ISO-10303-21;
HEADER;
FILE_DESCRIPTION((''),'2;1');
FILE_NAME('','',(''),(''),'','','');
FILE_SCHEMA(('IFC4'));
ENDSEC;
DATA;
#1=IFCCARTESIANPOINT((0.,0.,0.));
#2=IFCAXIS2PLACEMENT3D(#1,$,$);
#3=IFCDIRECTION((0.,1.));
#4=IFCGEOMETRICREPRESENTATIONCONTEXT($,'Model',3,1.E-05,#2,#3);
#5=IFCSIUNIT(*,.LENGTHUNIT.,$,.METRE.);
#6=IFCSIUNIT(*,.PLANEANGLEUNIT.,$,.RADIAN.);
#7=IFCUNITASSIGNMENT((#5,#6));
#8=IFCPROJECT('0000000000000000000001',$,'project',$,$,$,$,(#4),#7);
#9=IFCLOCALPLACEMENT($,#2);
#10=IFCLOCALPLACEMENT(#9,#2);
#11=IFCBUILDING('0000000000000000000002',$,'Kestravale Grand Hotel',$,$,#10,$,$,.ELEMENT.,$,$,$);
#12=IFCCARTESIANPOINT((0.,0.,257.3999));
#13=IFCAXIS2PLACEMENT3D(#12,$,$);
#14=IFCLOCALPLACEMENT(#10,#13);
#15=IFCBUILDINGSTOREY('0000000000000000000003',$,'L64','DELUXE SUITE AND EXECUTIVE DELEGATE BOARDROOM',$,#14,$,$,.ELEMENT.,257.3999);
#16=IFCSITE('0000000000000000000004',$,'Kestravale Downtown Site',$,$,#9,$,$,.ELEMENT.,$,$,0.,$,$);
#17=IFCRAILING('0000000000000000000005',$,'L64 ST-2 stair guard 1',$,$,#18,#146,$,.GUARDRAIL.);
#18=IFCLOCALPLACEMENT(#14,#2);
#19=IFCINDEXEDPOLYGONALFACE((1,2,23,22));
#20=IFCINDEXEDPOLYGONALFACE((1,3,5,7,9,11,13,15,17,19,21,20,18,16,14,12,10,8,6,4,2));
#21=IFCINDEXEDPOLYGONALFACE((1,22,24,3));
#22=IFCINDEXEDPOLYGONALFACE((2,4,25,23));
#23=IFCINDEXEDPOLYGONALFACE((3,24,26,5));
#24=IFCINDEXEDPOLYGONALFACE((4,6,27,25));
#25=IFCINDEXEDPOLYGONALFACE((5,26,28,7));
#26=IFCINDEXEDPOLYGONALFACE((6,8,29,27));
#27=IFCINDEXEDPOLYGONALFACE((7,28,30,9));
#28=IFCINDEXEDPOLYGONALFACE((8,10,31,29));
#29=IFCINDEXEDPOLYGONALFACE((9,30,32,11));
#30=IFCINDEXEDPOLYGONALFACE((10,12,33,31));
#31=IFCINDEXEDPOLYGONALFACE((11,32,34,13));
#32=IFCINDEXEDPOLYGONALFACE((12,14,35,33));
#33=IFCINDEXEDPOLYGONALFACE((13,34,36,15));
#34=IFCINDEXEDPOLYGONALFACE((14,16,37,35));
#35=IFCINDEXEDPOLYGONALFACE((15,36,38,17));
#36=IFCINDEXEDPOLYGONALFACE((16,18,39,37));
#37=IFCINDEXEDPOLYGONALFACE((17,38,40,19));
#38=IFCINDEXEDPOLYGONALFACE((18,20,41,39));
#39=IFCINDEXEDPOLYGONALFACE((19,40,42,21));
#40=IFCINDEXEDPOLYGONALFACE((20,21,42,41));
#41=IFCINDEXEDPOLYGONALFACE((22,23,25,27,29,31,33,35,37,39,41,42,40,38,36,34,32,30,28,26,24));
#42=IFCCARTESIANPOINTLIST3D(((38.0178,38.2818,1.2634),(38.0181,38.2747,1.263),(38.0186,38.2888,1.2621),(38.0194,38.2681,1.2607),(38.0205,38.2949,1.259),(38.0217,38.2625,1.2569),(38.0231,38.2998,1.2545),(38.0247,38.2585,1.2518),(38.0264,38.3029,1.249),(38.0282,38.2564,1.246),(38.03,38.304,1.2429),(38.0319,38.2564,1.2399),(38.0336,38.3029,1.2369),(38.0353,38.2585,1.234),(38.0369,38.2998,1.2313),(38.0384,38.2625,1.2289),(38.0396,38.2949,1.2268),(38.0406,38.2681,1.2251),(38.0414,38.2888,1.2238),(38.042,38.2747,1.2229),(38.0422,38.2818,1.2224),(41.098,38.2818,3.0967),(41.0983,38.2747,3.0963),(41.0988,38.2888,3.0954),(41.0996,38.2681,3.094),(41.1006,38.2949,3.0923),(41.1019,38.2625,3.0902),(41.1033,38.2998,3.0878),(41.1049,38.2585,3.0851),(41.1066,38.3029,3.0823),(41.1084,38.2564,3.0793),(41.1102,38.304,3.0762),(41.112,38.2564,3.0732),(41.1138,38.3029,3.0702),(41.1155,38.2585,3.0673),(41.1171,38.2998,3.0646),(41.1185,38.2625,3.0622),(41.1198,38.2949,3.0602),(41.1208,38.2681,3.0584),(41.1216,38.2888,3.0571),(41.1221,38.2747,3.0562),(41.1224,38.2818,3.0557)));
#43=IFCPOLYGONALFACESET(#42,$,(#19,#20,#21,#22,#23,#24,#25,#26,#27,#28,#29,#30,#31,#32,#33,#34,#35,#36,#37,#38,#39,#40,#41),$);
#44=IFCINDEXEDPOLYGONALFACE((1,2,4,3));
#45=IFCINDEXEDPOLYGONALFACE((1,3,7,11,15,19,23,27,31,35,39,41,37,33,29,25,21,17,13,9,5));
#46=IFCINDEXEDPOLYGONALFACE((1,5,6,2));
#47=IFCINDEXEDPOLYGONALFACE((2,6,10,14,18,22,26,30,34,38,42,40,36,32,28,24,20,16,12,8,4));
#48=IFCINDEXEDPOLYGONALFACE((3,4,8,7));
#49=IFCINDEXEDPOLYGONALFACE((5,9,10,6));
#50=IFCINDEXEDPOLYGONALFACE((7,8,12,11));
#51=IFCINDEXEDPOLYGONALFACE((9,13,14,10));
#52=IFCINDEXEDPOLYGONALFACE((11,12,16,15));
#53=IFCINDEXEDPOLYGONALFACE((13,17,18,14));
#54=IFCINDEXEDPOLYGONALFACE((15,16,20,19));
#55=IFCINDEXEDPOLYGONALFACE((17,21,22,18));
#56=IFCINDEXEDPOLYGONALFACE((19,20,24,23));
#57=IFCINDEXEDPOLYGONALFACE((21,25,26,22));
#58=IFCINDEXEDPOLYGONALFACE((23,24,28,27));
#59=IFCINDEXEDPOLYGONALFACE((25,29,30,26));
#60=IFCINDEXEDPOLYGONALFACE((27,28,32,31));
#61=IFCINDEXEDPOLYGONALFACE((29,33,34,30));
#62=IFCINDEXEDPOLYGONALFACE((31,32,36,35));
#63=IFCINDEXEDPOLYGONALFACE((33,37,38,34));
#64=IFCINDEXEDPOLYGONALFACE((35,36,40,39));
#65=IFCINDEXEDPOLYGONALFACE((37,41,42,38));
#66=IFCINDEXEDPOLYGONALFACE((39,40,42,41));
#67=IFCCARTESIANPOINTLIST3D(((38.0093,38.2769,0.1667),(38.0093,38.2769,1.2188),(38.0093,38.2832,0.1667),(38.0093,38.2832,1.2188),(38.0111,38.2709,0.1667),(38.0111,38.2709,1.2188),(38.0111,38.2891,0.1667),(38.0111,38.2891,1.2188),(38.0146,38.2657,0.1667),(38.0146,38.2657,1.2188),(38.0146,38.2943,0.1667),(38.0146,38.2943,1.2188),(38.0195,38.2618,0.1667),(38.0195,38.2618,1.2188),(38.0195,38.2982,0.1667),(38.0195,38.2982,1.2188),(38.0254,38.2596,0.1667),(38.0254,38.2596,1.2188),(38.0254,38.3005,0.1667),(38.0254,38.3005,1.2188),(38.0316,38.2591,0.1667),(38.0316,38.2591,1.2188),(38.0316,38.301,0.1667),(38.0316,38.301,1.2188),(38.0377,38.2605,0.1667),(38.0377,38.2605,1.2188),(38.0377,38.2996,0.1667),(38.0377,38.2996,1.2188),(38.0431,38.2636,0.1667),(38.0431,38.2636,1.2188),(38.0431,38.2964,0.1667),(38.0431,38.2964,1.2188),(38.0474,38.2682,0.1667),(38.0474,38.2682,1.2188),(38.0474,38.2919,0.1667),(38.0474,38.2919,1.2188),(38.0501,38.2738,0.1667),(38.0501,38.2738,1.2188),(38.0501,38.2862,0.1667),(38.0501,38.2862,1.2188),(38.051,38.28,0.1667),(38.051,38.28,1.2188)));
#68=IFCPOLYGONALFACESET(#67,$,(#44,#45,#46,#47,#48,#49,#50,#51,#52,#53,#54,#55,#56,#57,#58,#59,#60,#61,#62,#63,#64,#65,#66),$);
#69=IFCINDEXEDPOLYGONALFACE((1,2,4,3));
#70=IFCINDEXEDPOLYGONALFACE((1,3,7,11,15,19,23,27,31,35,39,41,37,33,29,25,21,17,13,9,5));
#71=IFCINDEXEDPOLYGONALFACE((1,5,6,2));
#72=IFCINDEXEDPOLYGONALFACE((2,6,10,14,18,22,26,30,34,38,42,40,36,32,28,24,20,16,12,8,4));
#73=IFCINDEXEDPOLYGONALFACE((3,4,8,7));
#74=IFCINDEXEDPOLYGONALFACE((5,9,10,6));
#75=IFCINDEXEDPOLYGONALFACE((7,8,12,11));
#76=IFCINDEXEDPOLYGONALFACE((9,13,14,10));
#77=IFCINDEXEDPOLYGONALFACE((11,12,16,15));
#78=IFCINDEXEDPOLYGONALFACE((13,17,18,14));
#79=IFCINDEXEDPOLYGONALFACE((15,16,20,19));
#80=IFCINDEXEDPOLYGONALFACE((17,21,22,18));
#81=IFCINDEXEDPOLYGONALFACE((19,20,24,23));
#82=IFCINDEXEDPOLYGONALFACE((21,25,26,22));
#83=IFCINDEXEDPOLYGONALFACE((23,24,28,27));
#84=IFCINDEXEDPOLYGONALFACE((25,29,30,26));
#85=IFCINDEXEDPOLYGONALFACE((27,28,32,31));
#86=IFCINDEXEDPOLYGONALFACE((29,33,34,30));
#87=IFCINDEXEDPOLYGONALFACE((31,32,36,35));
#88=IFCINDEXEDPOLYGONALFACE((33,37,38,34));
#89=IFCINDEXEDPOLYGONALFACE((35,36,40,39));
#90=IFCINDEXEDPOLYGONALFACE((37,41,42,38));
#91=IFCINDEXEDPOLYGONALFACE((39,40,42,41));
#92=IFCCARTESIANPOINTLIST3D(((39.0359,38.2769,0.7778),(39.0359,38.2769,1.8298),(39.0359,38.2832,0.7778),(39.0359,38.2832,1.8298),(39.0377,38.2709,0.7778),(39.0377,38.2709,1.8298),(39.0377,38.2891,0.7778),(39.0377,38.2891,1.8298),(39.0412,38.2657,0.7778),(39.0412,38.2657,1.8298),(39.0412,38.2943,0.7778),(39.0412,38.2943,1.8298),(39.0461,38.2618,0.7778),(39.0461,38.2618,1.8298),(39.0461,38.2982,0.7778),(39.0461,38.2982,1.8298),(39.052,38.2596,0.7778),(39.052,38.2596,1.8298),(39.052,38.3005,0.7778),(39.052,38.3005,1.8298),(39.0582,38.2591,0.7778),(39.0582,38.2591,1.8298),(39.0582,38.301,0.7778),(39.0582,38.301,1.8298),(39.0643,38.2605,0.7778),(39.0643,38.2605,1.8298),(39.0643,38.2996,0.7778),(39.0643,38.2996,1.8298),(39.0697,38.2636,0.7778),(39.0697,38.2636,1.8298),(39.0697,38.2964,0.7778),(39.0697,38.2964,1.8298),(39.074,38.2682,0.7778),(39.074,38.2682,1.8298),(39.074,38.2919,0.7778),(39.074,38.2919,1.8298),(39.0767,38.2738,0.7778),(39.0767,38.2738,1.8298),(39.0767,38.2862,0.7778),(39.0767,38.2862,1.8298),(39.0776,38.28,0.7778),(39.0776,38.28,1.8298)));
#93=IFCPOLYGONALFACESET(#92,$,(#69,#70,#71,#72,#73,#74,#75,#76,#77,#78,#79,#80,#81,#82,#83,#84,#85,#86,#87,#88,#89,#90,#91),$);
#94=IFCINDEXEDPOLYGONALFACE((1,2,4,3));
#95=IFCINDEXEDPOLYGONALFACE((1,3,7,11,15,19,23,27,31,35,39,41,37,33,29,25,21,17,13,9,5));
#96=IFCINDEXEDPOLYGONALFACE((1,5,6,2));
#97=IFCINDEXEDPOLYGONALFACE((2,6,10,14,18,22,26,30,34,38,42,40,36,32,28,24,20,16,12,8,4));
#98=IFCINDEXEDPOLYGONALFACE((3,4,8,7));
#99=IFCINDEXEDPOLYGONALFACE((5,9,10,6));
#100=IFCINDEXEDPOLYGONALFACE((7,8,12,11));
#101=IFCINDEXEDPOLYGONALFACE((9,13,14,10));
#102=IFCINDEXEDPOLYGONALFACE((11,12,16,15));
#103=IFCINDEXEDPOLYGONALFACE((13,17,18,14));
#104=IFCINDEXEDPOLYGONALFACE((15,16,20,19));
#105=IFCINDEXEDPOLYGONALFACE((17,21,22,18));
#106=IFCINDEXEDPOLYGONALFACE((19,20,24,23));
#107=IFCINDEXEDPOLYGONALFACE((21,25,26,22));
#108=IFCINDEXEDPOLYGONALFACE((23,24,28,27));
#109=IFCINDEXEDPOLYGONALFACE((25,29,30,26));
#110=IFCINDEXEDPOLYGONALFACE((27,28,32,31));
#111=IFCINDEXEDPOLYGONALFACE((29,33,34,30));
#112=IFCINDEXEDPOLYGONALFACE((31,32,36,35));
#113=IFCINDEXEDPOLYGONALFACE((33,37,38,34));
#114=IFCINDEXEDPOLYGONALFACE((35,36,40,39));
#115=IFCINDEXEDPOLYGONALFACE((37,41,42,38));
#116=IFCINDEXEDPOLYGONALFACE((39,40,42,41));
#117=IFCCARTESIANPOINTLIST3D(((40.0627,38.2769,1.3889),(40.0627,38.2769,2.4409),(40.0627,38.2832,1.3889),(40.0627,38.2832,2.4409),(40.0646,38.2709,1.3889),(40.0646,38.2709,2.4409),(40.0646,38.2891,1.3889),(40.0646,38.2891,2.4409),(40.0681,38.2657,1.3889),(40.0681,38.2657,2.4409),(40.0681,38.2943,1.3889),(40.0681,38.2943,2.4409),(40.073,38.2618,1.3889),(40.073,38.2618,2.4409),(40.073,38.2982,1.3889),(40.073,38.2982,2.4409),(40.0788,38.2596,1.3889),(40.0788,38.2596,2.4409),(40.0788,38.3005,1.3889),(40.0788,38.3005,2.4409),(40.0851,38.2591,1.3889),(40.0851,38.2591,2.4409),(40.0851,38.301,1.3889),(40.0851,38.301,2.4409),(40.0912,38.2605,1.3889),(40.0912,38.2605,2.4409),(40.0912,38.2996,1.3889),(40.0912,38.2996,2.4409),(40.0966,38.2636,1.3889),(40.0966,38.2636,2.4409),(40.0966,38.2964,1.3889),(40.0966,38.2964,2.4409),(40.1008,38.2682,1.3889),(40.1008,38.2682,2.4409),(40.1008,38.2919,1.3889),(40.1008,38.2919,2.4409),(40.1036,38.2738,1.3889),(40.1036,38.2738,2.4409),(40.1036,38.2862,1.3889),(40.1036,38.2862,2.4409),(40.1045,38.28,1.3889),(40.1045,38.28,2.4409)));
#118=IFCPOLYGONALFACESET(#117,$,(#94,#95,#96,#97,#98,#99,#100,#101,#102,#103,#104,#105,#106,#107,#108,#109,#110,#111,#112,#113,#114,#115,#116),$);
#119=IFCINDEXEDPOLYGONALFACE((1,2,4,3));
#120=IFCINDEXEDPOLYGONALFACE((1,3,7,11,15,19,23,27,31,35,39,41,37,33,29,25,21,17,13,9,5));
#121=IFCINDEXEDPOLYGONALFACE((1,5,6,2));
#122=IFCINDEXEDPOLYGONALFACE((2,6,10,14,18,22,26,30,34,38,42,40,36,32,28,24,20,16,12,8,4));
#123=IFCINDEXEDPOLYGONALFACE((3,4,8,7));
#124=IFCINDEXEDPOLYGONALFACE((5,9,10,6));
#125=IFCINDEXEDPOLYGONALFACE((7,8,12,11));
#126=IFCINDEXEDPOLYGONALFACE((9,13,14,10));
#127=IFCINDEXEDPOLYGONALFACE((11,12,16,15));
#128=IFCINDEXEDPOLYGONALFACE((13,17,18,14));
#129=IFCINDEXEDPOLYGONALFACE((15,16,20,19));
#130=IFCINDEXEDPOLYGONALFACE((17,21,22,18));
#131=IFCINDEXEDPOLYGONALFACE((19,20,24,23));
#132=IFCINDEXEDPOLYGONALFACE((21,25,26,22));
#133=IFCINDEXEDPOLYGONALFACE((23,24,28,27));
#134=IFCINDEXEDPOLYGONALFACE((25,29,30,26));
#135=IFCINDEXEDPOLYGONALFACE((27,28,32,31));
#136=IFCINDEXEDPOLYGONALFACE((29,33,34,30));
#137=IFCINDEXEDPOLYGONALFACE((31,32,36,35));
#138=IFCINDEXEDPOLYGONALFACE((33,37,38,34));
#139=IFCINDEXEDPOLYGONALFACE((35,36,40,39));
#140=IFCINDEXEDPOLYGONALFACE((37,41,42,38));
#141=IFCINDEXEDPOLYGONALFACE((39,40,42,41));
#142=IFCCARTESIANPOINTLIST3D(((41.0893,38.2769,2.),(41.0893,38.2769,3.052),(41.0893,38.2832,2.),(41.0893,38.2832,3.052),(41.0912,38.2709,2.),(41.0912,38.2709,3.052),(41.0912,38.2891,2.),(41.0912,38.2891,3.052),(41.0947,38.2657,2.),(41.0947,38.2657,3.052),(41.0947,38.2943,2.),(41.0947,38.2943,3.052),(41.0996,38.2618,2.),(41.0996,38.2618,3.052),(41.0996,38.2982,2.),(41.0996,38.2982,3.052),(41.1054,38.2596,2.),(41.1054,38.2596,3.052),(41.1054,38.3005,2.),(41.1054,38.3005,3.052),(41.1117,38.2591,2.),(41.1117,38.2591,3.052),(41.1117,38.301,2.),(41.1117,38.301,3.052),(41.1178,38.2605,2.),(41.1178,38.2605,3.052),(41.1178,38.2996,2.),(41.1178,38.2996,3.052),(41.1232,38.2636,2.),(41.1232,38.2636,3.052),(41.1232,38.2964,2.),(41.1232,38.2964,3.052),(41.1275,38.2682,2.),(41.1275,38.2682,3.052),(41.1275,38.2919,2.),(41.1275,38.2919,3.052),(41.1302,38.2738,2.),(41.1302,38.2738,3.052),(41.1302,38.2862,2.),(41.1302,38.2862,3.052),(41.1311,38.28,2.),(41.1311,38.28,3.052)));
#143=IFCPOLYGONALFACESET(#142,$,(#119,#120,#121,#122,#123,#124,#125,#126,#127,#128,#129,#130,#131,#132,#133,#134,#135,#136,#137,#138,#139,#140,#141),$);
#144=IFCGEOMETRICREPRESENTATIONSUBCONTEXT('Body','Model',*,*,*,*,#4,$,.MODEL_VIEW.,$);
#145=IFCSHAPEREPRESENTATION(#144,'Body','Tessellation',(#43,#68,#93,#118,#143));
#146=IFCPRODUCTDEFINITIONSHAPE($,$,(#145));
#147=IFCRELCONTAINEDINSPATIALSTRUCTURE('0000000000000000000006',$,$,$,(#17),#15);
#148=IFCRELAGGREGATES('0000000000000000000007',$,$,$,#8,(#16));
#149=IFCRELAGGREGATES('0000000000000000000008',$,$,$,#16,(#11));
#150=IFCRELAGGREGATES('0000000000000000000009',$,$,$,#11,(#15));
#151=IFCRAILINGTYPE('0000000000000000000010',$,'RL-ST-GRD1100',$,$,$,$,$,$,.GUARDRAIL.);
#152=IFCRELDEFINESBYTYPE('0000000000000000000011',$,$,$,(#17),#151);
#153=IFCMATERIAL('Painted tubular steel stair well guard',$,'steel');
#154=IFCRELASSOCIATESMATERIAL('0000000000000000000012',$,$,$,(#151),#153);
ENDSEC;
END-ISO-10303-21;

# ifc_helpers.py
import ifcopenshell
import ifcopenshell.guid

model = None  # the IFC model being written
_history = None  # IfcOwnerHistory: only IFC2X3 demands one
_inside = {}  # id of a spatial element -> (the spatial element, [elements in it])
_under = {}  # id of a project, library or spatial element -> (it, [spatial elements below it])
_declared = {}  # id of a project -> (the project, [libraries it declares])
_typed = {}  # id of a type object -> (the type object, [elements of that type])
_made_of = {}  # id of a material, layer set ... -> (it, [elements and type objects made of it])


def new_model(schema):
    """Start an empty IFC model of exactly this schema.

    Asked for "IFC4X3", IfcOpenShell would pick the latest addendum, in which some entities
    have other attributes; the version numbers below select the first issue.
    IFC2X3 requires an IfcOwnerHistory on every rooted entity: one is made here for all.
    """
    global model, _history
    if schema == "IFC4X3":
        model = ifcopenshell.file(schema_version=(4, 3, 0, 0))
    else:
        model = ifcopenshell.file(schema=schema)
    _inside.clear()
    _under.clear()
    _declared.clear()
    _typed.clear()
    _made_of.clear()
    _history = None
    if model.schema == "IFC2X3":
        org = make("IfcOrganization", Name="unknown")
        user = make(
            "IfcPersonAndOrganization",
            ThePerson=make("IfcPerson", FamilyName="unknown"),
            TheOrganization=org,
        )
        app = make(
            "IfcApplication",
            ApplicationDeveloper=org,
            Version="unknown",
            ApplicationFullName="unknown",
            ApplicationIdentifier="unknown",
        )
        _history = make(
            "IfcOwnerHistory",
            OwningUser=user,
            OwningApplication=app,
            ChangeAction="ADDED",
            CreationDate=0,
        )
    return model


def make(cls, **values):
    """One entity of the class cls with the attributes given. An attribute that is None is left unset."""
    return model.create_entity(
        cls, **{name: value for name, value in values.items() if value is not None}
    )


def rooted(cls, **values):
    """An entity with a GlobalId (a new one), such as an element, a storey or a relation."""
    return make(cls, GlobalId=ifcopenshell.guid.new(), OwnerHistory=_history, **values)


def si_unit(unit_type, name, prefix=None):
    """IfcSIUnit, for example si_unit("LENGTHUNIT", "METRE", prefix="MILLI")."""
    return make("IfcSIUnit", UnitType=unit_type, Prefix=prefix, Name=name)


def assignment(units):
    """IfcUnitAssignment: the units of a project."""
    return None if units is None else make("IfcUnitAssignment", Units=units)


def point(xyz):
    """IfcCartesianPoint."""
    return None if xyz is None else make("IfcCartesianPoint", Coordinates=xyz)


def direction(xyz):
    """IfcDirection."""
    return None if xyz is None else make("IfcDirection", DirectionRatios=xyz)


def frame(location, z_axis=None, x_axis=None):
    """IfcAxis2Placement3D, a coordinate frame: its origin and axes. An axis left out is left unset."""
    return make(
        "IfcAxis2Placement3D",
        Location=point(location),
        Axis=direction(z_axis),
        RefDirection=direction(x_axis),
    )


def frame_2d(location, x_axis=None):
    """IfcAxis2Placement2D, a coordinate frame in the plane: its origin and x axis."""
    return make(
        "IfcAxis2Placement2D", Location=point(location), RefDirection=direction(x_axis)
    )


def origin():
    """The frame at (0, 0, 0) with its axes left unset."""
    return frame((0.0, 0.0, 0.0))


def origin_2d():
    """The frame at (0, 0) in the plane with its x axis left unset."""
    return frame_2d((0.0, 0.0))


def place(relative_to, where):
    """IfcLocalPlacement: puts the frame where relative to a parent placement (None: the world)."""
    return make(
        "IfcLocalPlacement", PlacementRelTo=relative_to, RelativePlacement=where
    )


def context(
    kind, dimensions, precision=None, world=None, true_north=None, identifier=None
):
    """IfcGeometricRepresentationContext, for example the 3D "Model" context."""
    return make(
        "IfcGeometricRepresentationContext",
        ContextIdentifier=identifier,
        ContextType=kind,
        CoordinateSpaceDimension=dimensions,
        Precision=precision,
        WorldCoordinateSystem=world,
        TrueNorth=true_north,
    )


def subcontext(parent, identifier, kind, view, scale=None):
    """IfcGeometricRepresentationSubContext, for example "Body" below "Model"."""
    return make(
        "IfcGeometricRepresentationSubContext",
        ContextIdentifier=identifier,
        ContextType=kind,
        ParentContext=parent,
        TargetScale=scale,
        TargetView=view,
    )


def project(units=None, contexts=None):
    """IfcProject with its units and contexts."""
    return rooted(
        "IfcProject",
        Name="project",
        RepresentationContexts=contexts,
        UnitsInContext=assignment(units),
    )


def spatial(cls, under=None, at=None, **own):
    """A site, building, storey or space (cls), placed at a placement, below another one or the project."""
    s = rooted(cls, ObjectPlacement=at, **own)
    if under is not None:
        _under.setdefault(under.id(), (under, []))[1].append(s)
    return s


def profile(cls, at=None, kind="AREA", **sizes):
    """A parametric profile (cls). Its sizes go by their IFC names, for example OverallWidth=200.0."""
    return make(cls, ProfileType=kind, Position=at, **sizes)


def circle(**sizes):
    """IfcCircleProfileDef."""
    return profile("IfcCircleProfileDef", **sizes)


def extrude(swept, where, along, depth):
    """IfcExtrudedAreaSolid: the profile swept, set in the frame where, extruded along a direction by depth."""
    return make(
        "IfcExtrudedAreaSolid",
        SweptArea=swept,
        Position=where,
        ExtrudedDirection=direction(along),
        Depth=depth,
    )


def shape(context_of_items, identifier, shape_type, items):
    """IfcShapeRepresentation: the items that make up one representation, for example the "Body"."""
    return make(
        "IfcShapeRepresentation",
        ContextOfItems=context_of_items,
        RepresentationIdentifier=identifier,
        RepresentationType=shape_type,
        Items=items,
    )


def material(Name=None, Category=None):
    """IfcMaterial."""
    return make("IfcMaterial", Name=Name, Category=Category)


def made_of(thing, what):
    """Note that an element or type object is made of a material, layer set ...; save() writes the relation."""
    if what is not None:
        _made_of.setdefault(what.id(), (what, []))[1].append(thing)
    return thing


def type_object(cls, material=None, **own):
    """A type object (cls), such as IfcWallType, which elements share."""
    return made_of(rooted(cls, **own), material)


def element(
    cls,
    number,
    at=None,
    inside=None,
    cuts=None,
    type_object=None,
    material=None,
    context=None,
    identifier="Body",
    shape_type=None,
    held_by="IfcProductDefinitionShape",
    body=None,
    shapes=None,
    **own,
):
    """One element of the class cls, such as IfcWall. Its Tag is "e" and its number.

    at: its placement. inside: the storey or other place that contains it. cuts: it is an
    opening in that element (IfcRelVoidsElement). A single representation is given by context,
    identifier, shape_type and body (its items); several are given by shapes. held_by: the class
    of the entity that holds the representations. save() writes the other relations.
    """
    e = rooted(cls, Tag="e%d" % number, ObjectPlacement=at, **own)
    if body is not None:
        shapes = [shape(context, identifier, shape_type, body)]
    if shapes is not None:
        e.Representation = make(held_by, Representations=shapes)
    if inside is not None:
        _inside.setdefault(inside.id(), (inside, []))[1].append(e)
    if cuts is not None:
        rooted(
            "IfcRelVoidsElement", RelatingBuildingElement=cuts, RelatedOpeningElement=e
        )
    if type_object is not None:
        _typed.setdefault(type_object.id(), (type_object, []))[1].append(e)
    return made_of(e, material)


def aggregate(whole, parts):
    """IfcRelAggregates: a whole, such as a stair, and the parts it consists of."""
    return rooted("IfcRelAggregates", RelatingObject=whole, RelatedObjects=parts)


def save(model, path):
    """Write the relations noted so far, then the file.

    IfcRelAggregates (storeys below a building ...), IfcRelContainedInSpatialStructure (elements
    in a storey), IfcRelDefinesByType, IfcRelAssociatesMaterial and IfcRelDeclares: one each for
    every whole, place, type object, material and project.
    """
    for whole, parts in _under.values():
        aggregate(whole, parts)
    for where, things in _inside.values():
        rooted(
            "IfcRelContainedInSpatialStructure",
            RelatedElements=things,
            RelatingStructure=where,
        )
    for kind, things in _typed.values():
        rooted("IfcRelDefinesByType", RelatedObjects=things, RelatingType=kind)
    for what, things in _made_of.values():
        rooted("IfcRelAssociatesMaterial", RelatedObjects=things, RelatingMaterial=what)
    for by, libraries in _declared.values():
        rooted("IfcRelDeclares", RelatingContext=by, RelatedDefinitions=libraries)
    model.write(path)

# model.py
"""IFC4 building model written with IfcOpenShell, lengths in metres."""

from ifc_helpers import new_model, si_unit, direction, frame, origin, origin_2d, place, context, subcontext, project, spatial, circle, extrude, material, type_object, element, save


model = new_model("IFC4")

# Units and contexts
model_context = context("Model", 3, precision=1e-05, world=origin(), true_north=direction((0.0, 1.0)))
body_context = subcontext(model_context, "Body", "Model", "MODEL_VIEW")
ifc_project = project(units=[si_unit("LENGTHUNIT", "METRE"), si_unit("PLANEANGLEUNIT", "RADIAN")], contexts=[model_context])

# Site, building, storey
site_placement = place(None, origin())
site = spatial("IfcSite", under=ifc_project, at=site_placement, Name="Kestravale Downtown Site", CompositionType="ELEMENT", RefElevation=0.0)
building_placement = place(site_placement, origin())
building = spatial("IfcBuilding", under=site, at=building_placement, Name="Kestravale Grand Hotel", CompositionType="ELEMENT")
storey_placement = place(building_placement, frame((0.0, 0.0, 257.3999)))
storey = spatial("IfcBuildingStorey", under=building, at=storey_placement, Name="L64", Description="DELUXE SUITE AND EXECUTIVE DELEGATE BOARDROOM", CompositionType="ELEMENT", Elevation=257.3999)

# Railing
ifc_material_1 = material(Name="Painted tubular steel stair well guard", Category="steel")
railing_type_1 = type_object("IfcRailingType", Name="RL-ST-GRD1100", PredefinedType="GUARDRAIL", material=ifc_material_1)
railing_placement = place(storey_placement, frame((38.03, 38.28, 0.1667)))
element("IfcRailing", 1, at=railing_placement, inside=storey, type_object=railing_type_1, Name="L64 ST-2 stair guard 1", PredefinedType="GUARDRAIL", context=body_context, shape_type="SweptSolid", body=[
    extrude(circle(Radius=0.0239, at=origin_2d()), frame((0.0, 0.0, 1.0762), z_axis=(0.859309, 0.0, 0.511458), x_axis=(0.0, 1.0, 0.0)), (0.0, 0.0, 1.0), 3.5845),
    extrude(circle(Radius=0.021, at=origin_2d()), origin(), (0.0, 0.0, 1.0), 1.052),
    extrude(circle(Radius=0.021, at=origin_2d()), frame((1.0266, 0.0, 0.6111)), (0.0, 0.0, 1.0), 1.052),
    extrude(circle(Radius=0.021, at=origin_2d()), frame((2.0535, 0.0, 1.2222)), (0.0, 0.0, 1.0), 1.052),
    extrude(circle(Radius=0.021, at=origin_2d()), frame((3.0801, 0.0, 1.8333)), (0.0, 0.0, 1.0), 1.052),
])

save(model, "model.ifc")
